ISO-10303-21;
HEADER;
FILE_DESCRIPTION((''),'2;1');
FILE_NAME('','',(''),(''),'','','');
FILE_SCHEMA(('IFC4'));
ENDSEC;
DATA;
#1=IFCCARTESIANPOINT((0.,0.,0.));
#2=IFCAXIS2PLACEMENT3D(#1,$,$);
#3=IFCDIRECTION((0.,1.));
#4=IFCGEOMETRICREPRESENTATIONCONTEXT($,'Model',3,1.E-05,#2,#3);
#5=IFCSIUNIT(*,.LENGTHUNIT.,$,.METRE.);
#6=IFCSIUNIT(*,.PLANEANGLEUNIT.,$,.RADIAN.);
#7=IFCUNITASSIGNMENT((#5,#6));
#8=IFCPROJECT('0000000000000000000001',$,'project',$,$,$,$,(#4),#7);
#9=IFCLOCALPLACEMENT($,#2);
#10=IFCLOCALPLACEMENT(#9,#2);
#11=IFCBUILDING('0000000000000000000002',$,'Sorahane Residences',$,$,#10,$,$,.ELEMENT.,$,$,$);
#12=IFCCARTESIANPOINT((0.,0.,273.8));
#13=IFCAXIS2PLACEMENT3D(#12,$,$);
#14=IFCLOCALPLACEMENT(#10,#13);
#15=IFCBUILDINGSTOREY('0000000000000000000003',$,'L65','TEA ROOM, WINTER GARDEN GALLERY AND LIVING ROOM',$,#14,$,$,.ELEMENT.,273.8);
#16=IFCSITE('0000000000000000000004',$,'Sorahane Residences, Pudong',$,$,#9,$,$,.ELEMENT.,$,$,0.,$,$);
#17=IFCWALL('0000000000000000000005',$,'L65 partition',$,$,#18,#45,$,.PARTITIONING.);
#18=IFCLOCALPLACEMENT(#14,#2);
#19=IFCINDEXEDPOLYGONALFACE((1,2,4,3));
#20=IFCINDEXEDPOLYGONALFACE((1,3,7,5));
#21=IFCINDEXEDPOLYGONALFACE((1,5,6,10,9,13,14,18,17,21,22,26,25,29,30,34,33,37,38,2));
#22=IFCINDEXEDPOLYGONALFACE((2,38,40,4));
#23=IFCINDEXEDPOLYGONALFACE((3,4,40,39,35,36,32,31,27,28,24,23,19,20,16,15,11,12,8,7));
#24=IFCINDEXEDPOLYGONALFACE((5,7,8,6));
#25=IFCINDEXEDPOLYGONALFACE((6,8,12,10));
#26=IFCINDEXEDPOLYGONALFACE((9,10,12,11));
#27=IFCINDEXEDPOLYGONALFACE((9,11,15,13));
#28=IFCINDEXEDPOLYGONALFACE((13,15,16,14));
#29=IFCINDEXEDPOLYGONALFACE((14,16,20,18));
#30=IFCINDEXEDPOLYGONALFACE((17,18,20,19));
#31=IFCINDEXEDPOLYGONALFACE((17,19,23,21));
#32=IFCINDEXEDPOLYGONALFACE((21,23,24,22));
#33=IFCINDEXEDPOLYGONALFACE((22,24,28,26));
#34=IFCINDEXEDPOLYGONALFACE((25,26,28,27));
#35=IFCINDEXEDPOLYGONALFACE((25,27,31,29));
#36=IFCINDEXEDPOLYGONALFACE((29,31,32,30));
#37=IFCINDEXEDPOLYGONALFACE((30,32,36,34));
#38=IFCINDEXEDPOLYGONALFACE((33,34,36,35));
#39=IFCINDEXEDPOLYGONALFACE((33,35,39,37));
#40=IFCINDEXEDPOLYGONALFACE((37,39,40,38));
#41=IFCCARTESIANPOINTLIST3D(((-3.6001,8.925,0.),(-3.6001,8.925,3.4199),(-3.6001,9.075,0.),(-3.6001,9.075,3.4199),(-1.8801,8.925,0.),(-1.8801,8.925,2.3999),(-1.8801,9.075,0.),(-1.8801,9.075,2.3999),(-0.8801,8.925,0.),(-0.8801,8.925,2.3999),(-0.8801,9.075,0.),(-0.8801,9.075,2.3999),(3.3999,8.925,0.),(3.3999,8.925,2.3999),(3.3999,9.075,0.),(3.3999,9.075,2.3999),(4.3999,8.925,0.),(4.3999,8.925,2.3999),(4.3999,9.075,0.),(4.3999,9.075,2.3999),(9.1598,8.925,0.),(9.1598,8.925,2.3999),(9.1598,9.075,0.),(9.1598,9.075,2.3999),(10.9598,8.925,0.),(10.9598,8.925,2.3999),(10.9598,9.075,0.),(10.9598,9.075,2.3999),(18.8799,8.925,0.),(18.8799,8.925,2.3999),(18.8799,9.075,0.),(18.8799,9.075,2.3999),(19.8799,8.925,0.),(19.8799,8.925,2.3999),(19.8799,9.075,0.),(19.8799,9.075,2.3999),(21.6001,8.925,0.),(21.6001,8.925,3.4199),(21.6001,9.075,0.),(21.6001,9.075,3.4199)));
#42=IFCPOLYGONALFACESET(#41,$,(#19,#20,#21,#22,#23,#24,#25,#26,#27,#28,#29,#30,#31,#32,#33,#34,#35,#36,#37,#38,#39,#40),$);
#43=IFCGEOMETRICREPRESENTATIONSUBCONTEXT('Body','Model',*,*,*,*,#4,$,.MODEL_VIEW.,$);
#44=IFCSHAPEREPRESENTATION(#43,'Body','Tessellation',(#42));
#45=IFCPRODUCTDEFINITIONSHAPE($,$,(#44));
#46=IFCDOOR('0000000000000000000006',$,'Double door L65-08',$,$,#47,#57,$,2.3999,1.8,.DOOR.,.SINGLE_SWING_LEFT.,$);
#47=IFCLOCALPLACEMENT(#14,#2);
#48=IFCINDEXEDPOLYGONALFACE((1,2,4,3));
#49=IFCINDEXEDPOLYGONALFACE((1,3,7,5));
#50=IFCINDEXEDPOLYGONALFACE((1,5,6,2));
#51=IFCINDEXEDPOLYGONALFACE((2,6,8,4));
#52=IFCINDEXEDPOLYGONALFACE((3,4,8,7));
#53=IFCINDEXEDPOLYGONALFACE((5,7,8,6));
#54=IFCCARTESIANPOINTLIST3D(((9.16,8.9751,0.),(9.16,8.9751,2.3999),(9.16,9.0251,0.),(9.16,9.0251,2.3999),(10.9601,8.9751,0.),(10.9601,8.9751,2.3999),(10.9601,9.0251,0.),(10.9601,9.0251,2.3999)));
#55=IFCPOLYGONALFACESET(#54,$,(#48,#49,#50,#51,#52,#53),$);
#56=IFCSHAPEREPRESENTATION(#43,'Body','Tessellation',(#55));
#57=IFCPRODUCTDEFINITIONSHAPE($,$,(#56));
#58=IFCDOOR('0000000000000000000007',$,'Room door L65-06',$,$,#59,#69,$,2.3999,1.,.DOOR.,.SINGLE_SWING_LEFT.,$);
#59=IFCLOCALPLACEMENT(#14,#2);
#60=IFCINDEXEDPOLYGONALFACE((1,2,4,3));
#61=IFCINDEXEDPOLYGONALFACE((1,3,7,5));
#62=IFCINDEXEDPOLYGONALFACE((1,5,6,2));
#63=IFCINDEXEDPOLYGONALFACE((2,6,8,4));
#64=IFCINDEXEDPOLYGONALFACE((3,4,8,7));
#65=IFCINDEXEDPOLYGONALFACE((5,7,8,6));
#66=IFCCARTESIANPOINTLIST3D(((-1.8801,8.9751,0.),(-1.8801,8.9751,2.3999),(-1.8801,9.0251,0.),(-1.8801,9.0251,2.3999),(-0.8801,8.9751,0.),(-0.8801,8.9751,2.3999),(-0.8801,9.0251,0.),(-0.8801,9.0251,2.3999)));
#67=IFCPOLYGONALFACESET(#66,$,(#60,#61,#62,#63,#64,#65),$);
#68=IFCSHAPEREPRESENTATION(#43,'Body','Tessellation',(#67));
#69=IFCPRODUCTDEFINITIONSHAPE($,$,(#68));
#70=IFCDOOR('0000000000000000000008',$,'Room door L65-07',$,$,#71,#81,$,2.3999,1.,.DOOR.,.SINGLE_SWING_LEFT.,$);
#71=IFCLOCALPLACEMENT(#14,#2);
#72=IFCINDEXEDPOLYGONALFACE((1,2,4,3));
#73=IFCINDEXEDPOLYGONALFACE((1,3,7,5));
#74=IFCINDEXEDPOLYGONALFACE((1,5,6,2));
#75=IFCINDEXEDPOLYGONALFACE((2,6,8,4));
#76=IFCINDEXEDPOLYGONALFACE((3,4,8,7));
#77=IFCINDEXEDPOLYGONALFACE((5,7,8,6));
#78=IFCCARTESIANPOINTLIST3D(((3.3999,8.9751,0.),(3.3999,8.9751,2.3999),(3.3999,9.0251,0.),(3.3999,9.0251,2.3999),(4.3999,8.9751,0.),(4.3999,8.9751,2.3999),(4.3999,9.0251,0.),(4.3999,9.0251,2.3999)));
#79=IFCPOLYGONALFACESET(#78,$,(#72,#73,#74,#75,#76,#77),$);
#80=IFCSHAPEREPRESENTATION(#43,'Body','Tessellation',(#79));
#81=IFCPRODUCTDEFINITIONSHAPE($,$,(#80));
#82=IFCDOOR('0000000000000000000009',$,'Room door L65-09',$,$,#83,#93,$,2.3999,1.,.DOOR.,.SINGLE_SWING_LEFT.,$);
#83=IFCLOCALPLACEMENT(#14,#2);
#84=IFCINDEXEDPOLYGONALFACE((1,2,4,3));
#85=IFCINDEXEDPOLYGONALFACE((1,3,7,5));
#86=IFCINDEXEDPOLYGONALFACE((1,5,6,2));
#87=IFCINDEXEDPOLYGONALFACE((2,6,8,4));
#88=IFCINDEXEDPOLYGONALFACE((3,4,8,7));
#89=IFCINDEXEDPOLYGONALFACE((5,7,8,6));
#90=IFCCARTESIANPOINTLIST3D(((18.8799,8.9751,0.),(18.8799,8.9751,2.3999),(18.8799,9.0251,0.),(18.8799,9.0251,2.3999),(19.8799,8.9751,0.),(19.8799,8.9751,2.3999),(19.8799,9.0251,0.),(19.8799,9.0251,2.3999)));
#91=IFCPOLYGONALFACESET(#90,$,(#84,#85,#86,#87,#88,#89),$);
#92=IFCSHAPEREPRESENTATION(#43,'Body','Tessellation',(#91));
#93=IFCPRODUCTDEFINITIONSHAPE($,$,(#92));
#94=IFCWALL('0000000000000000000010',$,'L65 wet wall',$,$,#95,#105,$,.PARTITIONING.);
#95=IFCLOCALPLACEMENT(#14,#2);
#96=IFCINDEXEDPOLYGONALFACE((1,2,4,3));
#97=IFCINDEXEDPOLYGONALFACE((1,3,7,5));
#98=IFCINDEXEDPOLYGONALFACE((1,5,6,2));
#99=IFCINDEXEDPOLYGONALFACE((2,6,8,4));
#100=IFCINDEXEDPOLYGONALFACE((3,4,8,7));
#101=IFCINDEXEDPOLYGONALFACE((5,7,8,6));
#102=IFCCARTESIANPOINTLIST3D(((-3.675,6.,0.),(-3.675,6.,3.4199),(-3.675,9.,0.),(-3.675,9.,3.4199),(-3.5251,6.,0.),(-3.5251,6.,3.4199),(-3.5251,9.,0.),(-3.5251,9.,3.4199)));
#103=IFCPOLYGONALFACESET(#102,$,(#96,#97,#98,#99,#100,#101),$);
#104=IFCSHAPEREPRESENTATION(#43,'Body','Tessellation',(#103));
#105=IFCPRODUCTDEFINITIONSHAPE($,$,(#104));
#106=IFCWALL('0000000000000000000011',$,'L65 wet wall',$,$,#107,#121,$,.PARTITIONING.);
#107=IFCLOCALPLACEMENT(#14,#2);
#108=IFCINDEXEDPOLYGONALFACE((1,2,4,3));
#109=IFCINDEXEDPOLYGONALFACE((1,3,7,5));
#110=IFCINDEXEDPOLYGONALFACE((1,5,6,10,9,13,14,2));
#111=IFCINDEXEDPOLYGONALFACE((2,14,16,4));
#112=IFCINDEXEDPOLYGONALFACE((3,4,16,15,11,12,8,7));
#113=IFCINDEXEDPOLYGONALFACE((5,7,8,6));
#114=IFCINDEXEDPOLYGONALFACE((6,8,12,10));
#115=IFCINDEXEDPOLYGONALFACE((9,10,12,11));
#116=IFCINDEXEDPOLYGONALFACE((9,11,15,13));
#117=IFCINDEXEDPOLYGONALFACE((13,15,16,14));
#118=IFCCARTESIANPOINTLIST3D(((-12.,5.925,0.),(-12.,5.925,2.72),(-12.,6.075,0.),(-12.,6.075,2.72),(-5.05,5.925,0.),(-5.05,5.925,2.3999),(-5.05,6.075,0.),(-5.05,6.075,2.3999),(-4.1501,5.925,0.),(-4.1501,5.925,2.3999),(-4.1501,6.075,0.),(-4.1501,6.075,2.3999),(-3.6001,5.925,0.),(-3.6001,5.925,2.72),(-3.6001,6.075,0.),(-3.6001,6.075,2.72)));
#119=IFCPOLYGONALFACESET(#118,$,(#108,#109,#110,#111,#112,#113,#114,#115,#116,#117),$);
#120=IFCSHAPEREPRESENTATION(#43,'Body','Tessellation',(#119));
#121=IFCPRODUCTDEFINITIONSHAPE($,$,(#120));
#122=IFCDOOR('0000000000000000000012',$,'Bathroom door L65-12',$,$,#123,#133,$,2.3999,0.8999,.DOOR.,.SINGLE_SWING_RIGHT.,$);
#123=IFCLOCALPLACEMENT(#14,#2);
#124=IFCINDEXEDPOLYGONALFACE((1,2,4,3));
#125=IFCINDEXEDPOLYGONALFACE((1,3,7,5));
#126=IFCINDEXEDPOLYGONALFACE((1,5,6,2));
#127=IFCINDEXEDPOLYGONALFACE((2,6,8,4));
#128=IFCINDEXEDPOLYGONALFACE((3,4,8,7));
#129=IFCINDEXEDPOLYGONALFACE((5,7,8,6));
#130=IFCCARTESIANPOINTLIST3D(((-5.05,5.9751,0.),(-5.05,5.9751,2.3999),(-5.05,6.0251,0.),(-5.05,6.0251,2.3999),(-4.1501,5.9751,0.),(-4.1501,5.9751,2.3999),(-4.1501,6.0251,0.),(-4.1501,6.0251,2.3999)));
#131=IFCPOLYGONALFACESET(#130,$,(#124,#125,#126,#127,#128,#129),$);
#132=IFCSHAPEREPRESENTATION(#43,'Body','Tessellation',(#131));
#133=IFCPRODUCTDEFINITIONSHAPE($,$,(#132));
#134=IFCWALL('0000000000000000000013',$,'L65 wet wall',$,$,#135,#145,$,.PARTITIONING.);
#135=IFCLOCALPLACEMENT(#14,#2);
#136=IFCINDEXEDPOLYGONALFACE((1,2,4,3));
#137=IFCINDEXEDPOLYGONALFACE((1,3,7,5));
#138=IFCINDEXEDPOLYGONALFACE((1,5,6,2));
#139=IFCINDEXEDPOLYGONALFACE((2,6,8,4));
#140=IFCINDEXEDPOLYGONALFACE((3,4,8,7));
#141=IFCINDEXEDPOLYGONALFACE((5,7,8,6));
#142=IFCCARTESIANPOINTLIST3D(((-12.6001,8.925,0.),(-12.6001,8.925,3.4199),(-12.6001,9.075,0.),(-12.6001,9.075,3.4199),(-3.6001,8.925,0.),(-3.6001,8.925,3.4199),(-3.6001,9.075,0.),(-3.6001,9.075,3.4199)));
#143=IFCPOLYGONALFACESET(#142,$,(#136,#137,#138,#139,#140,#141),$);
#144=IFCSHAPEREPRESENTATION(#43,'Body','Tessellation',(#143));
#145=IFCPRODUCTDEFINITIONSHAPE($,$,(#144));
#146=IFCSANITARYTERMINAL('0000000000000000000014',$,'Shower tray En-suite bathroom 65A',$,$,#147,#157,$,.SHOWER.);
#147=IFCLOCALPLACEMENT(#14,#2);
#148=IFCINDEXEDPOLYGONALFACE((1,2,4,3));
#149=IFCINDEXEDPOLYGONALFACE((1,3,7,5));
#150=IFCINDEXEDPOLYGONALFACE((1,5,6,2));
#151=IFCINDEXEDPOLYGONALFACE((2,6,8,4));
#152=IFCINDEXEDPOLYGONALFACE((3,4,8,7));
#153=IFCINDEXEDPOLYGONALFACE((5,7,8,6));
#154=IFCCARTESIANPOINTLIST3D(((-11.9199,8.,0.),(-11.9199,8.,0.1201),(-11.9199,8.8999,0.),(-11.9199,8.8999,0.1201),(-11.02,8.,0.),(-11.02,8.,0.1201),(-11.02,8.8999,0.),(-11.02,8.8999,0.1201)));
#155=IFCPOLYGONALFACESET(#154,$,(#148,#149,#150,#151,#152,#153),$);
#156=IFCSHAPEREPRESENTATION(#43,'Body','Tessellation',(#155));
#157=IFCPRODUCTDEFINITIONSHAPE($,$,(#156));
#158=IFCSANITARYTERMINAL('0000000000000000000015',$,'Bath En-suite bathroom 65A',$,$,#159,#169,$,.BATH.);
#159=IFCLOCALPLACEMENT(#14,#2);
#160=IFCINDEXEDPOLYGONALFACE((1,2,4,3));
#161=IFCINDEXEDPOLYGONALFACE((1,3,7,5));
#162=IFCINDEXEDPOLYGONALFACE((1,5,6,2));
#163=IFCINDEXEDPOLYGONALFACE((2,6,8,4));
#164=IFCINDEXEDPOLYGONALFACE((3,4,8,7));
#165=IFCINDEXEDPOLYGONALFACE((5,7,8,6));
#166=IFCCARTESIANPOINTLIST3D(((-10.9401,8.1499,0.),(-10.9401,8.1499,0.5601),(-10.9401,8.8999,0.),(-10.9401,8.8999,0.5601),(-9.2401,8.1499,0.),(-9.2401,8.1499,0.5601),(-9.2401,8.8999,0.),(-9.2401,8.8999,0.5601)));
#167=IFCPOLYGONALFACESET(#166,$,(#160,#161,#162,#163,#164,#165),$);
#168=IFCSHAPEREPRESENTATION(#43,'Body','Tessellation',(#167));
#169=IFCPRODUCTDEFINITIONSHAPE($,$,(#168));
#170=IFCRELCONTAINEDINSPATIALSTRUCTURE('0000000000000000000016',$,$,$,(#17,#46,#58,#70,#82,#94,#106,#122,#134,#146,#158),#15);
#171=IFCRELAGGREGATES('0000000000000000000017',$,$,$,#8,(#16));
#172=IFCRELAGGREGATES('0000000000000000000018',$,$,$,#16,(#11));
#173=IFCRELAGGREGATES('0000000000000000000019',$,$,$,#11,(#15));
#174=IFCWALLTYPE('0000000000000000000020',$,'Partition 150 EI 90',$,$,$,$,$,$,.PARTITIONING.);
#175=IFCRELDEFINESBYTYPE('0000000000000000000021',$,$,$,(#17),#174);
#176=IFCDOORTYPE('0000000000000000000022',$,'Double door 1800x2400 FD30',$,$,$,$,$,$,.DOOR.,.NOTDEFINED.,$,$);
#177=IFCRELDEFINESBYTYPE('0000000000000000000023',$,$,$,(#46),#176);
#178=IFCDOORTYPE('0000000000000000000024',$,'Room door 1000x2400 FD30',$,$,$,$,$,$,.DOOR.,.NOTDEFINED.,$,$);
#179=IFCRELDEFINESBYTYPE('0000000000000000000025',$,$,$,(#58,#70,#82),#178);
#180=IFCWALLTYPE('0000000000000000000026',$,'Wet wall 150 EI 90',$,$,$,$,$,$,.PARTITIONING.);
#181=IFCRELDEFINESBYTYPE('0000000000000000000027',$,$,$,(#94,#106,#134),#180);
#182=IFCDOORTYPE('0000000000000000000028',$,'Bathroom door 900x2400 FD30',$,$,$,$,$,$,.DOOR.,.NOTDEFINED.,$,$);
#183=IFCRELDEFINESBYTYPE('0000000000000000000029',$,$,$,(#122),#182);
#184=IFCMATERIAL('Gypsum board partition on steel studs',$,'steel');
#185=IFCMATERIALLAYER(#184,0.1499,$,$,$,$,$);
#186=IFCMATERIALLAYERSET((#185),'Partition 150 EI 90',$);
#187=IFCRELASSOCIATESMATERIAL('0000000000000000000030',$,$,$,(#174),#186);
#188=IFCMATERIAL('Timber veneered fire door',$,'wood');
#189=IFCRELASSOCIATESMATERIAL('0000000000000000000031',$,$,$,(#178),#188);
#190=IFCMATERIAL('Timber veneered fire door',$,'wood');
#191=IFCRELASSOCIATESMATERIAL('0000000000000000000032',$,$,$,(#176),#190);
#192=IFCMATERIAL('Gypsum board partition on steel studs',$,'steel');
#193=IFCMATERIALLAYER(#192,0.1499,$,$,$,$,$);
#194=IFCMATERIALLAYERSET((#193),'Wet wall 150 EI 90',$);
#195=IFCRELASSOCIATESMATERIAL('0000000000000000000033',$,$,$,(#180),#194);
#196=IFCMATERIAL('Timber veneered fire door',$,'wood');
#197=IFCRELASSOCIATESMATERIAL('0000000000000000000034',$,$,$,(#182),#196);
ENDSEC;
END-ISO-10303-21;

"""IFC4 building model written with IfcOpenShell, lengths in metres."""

from ifc_helpers import new_model, si_unit, direction, frame, frame_2d, origin, origin_2d, place, context, subcontext, project, spatial, rectangle, extrude, material, layer, layer_set, type_object, element, fill, save


model = new_model("IFC4")

# Units and contexts
model_context = context("Model", 3, precision=1e-05, world=origin(), true_north=direction((0.0, 1.0)))
body_context = subcontext(model_context, "Body", "Model", "MODEL_VIEW")
ifc_project = project(units=[si_unit("LENGTHUNIT", "METRE"), si_unit("PLANEANGLEUNIT", "RADIAN")], contexts=[model_context])

# Site, building, storey
site_placement = place(None, origin())
site = spatial("IfcSite", under=ifc_project, at=site_placement, Name="Sorahane Residences, Pudong", CompositionType="ELEMENT", RefElevation=0.0)
building_placement = place(site_placement, origin())
building = spatial("IfcBuilding", under=site, at=building_placement, Name="Sorahane Residences", CompositionType="ELEMENT")
storey_placement = place(building_placement, frame((0.0, 0.0, 273.8)))
storey = spatial("IfcBuildingStorey", under=building, at=storey_placement, Name="L65", Description="TEA ROOM, WINTER GARDEN GALLERY AND LIVING ROOM", CompositionType="ELEMENT", Elevation=273.8)

# Shared definitions
ifc_material_1 = material(Name="Gypsum board partition on steel studs", Category="steel")
ifc_layer_1 = layer(ifc_material_1, 0.1499)
ifc_layer_set_1 = layer_set([ifc_layer_1], Name="Partition 150 EI 90")
wall_type_1 = type_object("IfcWallType", Name="Partition 150 EI 90", PredefinedType="PARTITIONING", material=ifc_layer_set_1)
ifc_material_2 = material(Name="Timber veneered fire door", Category="wood")
door_type_1 = type_object("IfcDoorType", Name="Room door 1000x2400 FD30", OperationType="NOTDEFINED", PredefinedType="DOOR", material=ifc_material_2)

# Wall, openings, doors
wall_1_placement = place(storey_placement, frame((-3.6001, 9.0, 0.0), z_axis=(0.0, 0.0, 1.0), x_axis=(1.0, 0.0, 0.0)))
wall_1 = element("IfcWall", 1, at=wall_1_placement, inside=storey, type_object=wall_type_1, Name="L65 partition", PredefinedType="PARTITIONING", context=body_context, shape_type="SweptSolid", body=[
    extrude(rectangle(XDim=25.2002, YDim=0.1499, at=frame_2d((12.6001, 0.0))), origin(), (0.0, 0.0, 1.0), 3.4199),
])
opening_1_placement = place(wall_1_placement, frame((1.72, 0.0, 0.0)))
opening_1 = element("IfcOpeningElement", 2, at=opening_1_placement, cuts=wall_1, PredefinedType="OPENING", context=body_context, shape_type="SweptSolid", body=[
    extrude(rectangle(XDim=1.0, YDim=2.3999, at=frame_2d((0.5, 1.2))), frame((0.0, 0.085, 0.0), z_axis=(0.0, -1.0, 0.0), x_axis=(1.0, 0.0, 0.0)), (0.0, 0.0, 1.0), 0.1699),
])
opening_2_placement = place(wall_1_placement, frame((7.0, 0.0, 0.0)))
opening_2 = element("IfcOpeningElement", 3, at=opening_2_placement, cuts=wall_1, PredefinedType="OPENING", context=body_context, shape_type="SweptSolid", body=[
    extrude(rectangle(XDim=1.0, YDim=2.3999, at=frame_2d((0.5, 1.2))), frame((0.0, 0.085, 0.0), z_axis=(0.0, -1.0, 0.0), x_axis=(1.0, 0.0, 0.0)), (0.0, 0.0, 1.0), 0.1699),
])
opening_3_placement = place(wall_1_placement, frame((12.76, 0.0, 0.0)))
opening_3 = element("IfcOpeningElement", 4, at=opening_3_placement, cuts=wall_1, PredefinedType="OPENING", context=body_context, shape_type="SweptSolid", body=[
    extrude(rectangle(XDim=1.8, YDim=2.3999, at=frame_2d((0.8999, 1.2))), frame((0.0, 0.085, 0.0), z_axis=(0.0, -1.0, 0.0), x_axis=(1.0, 0.0, 0.0)), (0.0, 0.0, 1.0), 0.1699),
])
opening_4_placement = place(wall_1_placement, frame((22.48, 0.0, 0.0)))
opening_4 = element("IfcOpeningElement", 5, at=opening_4_placement, cuts=wall_1, PredefinedType="OPENING", context=body_context, shape_type="SweptSolid", body=[
    extrude(rectangle(XDim=1.0, YDim=2.3999, at=frame_2d((0.5, 1.2))), frame((0.0, 0.085, 0.0), z_axis=(0.0, -1.0, 0.0), x_axis=(1.0, 0.0, 0.0)), (0.0, 0.0, 1.0), 0.1699),
])
ifc_material_3 = material(Name="Timber veneered fire door", Category="wood")
door_type_2 = type_object("IfcDoorType", Name="Double door 1800x2400 FD30", OperationType="NOTDEFINED", PredefinedType="DOOR", material=ifc_material_3)
door_1_placement = place(opening_3_placement, frame((1.8, 0.0, 0.0), z_axis=(0.0, 0.0, 1.0), x_axis=(-1.0, 0.0, 0.0)))
door_1 = element("IfcDoor", 6, at=door_1_placement, inside=storey, type_object=door_type_2, Name="Double door L65-08", OperationType="SINGLE_SWING_LEFT", OverallHeight=2.3999, OverallWidth=1.8, PredefinedType="DOOR", context=body_context, shape_type="SweptSolid", body=[
    extrude(rectangle(XDim=1.8, YDim=2.3999, at=frame_2d((0.8999, 1.2))), frame((0.0, 0.0249, 0.0), z_axis=(0.0, -1.0, 0.0), x_axis=(1.0, 0.0, 0.0)), (0.0, 0.0, 1.0), 0.05),
])
fill(opening_3, door_1)
door_2_placement = place(opening_1_placement, frame((1.0, 0.0, 0.0), z_axis=(0.0, 0.0, 1.0), x_axis=(-1.0, 0.0, 0.0)))
door_2 = element("IfcDoor", 7, at=door_2_placement, inside=storey, type_object=door_type_1, Name="Room door L65-06", OperationType="SINGLE_SWING_LEFT", OverallHeight=2.3999, OverallWidth=1.0, PredefinedType="DOOR", context=body_context, shape_type="SweptSolid", body=[
    extrude(rectangle(XDim=1.0, YDim=2.3999, at=frame_2d((0.5, 1.2))), frame((0.0, 0.0249, 0.0), z_axis=(0.0, -1.0, 0.0), x_axis=(1.0, 0.0, 0.0)), (0.0, 0.0, 1.0), 0.05),
])
fill(opening_1, door_2)
door_3_placement = place(opening_2_placement, frame((1.0, 0.0, 0.0), z_axis=(0.0, 0.0, 1.0), x_axis=(-1.0, 0.0, 0.0)))
door_3 = element("IfcDoor", 8, at=door_3_placement, inside=storey, type_object=door_type_1, Name="Room door L65-07", OperationType="SINGLE_SWING_LEFT", OverallHeight=2.3999, OverallWidth=1.0, PredefinedType="DOOR", context=body_context, shape_type="SweptSolid", body=[
    extrude(rectangle(XDim=1.0, YDim=2.3999, at=frame_2d((0.5, 1.2))), frame((0.0, 0.0249, 0.0), z_axis=(0.0, -1.0, 0.0), x_axis=(1.0, 0.0, 0.0)), (0.0, 0.0, 1.0), 0.05),
])
fill(opening_2, door_3)
door_4_placement = place(opening_4_placement, frame((1.0, 0.0, 0.0), z_axis=(0.0, 0.0, 1.0), x_axis=(-1.0, 0.0, 0.0)))
door_4 = element("IfcDoor", 9, at=door_4_placement, inside=storey, type_object=door_type_1, Name="Room door L65-09", OperationType="SINGLE_SWING_LEFT", OverallHeight=2.3999, OverallWidth=1.0, PredefinedType="DOOR", context=body_context, shape_type="SweptSolid", body=[
    extrude(rectangle(XDim=1.0, YDim=2.3999, at=frame_2d((0.5, 1.2))), frame((0.0, 0.0249, 0.0), z_axis=(0.0, -1.0, 0.0), x_axis=(1.0, 0.0, 0.0)), (0.0, 0.0, 1.0), 0.05),
])
fill(opening_4, door_4)

# Wall
ifc_material_4 = material(Name="Gypsum board partition on steel studs", Category="steel")
ifc_layer_2 = layer(ifc_material_4, 0.1499)
ifc_layer_set_2 = layer_set([ifc_layer_2], Name="Wet wall 150 EI 90")
wall_type_2 = type_object("IfcWallType", Name="Wet wall 150 EI 90", PredefinedType="PARTITIONING", material=ifc_layer_set_2)
wall_2_placement = place(storey_placement, frame((-3.6001, 6.0, 0.0), z_axis=(0.0, 0.0, 1.0), x_axis=(0.0, 1.0, 0.0)))
element("IfcWall", 10, at=wall_2_placement, inside=storey, type_object=wall_type_2, Name="L65 wet wall", PredefinedType="PARTITIONING", context=body_context, shape_type="SweptSolid", body=[
    extrude(rectangle(XDim=3.0, YDim=0.1499, at=frame_2d((1.5, 0.0))), origin(), (0.0, 0.0, 1.0), 3.4199),
])

# Wall, opening, door
wall_3_placement = place(storey_placement, frame((-12.0, 6.0, 0.0), z_axis=(0.0, 0.0, 1.0), x_axis=(1.0, 0.0, 0.0)))
wall_3 = element("IfcWall", 11, at=wall_3_placement, inside=storey, type_object=wall_type_2, Name="L65 wet wall", PredefinedType="PARTITIONING", context=body_context, shape_type="SweptSolid", body=[
    extrude(rectangle(XDim=8.3999, YDim=0.1499, at=frame_2d((4.2, 0.0))), origin(), (0.0, 0.0, 1.0), 2.72),
])
opening_5_placement = place(wall_3_placement, frame((6.95, 0.0, 0.0)))
opening_5 = element("IfcOpeningElement", 12, at=opening_5_placement, cuts=wall_3, PredefinedType="OPENING", context=body_context, shape_type="SweptSolid", body=[
    extrude(rectangle(XDim=0.8999, YDim=2.3999, at=frame_2d((0.45, 1.2))), frame((0.0, 0.085, 0.0), z_axis=(0.0, -1.0, 0.0), x_axis=(1.0, 0.0, 0.0)), (0.0, 0.0, 1.0), 0.1699),
])
ifc_material_5 = material(Name="Timber veneered fire door", Category="wood")
door_type_3 = type_object("IfcDoorType", Name="Bathroom door 900x2400 FD30", OperationType="NOTDEFINED", PredefinedType="DOOR", material=ifc_material_5)
door_5_placement = place(opening_5_placement, frame((0.8999, 0.0, 0.0), z_axis=(0.0, 0.0, 1.0), x_axis=(-1.0, 0.0, 0.0)))
door_5 = element("IfcDoor", 13, at=door_5_placement, inside=storey, type_object=door_type_3, Name="Bathroom door L65-12", OperationType="SINGLE_SWING_RIGHT", OverallHeight=2.3999, OverallWidth=0.8999, PredefinedType="DOOR", context=body_context, shape_type="SweptSolid", body=[
    extrude(rectangle(XDim=0.8999, YDim=2.3999, at=frame_2d((0.45, 1.2))), frame((0.0, 0.0249, 0.0), z_axis=(0.0, -1.0, 0.0), x_axis=(1.0, 0.0, 0.0)), (0.0, 0.0, 1.0), 0.05),
])
fill(opening_5, door_5)

# Wall
wall_4_placement = place(storey_placement, frame((-12.6001, 9.0, 0.0), z_axis=(0.0, 0.0, 1.0), x_axis=(1.0, 0.0, 0.0)))
element("IfcWall", 14, at=wall_4_placement, inside=storey, type_object=wall_type_2, Name="L65 wet wall", PredefinedType="PARTITIONING", context=body_context, shape_type="SweptSolid", body=[
    extrude(rectangle(XDim=9.0, YDim=0.1499, at=frame_2d((4.5, 0.0))), origin(), (0.0, 0.0, 1.0), 3.4199),
])

# Sanitary terminals
sanitary_terminal_1_placement = place(storey_placement, frame((-11.47, 8.45, 0.0), z_axis=(0.0, 0.0, 1.0), x_axis=(1.0, 0.0, 0.0)))
element("IfcSanitaryTerminal", 15, at=sanitary_terminal_1_placement, inside=storey, Name="Shower tray En-suite bathroom 65A", PredefinedType="SHOWER", context=body_context, shape_type="SweptSolid", body=[
    extrude(rectangle(XDim=0.8999, YDim=0.8999, at=origin_2d()), origin(), (0.0, 0.0, 1.0), 0.1201),
])
sanitary_terminal_2_placement = place(storey_placement, frame((-10.0901, 8.5249, 0.0), z_axis=(0.0, 0.0, 1.0), x_axis=(1.0, 0.0, 0.0)))
element("IfcSanitaryTerminal", 16, at=sanitary_terminal_2_placement, inside=storey, Name="Bath En-suite bathroom 65A", PredefinedType="BATH", context=body_context, shape_type="SweptSolid", body=[
    extrude(rectangle(XDim=1.7, YDim=0.75, at=origin_2d()), origin(), (0.0, 0.0, 1.0), 0.5601),
])

save(model, "model.ifc")
